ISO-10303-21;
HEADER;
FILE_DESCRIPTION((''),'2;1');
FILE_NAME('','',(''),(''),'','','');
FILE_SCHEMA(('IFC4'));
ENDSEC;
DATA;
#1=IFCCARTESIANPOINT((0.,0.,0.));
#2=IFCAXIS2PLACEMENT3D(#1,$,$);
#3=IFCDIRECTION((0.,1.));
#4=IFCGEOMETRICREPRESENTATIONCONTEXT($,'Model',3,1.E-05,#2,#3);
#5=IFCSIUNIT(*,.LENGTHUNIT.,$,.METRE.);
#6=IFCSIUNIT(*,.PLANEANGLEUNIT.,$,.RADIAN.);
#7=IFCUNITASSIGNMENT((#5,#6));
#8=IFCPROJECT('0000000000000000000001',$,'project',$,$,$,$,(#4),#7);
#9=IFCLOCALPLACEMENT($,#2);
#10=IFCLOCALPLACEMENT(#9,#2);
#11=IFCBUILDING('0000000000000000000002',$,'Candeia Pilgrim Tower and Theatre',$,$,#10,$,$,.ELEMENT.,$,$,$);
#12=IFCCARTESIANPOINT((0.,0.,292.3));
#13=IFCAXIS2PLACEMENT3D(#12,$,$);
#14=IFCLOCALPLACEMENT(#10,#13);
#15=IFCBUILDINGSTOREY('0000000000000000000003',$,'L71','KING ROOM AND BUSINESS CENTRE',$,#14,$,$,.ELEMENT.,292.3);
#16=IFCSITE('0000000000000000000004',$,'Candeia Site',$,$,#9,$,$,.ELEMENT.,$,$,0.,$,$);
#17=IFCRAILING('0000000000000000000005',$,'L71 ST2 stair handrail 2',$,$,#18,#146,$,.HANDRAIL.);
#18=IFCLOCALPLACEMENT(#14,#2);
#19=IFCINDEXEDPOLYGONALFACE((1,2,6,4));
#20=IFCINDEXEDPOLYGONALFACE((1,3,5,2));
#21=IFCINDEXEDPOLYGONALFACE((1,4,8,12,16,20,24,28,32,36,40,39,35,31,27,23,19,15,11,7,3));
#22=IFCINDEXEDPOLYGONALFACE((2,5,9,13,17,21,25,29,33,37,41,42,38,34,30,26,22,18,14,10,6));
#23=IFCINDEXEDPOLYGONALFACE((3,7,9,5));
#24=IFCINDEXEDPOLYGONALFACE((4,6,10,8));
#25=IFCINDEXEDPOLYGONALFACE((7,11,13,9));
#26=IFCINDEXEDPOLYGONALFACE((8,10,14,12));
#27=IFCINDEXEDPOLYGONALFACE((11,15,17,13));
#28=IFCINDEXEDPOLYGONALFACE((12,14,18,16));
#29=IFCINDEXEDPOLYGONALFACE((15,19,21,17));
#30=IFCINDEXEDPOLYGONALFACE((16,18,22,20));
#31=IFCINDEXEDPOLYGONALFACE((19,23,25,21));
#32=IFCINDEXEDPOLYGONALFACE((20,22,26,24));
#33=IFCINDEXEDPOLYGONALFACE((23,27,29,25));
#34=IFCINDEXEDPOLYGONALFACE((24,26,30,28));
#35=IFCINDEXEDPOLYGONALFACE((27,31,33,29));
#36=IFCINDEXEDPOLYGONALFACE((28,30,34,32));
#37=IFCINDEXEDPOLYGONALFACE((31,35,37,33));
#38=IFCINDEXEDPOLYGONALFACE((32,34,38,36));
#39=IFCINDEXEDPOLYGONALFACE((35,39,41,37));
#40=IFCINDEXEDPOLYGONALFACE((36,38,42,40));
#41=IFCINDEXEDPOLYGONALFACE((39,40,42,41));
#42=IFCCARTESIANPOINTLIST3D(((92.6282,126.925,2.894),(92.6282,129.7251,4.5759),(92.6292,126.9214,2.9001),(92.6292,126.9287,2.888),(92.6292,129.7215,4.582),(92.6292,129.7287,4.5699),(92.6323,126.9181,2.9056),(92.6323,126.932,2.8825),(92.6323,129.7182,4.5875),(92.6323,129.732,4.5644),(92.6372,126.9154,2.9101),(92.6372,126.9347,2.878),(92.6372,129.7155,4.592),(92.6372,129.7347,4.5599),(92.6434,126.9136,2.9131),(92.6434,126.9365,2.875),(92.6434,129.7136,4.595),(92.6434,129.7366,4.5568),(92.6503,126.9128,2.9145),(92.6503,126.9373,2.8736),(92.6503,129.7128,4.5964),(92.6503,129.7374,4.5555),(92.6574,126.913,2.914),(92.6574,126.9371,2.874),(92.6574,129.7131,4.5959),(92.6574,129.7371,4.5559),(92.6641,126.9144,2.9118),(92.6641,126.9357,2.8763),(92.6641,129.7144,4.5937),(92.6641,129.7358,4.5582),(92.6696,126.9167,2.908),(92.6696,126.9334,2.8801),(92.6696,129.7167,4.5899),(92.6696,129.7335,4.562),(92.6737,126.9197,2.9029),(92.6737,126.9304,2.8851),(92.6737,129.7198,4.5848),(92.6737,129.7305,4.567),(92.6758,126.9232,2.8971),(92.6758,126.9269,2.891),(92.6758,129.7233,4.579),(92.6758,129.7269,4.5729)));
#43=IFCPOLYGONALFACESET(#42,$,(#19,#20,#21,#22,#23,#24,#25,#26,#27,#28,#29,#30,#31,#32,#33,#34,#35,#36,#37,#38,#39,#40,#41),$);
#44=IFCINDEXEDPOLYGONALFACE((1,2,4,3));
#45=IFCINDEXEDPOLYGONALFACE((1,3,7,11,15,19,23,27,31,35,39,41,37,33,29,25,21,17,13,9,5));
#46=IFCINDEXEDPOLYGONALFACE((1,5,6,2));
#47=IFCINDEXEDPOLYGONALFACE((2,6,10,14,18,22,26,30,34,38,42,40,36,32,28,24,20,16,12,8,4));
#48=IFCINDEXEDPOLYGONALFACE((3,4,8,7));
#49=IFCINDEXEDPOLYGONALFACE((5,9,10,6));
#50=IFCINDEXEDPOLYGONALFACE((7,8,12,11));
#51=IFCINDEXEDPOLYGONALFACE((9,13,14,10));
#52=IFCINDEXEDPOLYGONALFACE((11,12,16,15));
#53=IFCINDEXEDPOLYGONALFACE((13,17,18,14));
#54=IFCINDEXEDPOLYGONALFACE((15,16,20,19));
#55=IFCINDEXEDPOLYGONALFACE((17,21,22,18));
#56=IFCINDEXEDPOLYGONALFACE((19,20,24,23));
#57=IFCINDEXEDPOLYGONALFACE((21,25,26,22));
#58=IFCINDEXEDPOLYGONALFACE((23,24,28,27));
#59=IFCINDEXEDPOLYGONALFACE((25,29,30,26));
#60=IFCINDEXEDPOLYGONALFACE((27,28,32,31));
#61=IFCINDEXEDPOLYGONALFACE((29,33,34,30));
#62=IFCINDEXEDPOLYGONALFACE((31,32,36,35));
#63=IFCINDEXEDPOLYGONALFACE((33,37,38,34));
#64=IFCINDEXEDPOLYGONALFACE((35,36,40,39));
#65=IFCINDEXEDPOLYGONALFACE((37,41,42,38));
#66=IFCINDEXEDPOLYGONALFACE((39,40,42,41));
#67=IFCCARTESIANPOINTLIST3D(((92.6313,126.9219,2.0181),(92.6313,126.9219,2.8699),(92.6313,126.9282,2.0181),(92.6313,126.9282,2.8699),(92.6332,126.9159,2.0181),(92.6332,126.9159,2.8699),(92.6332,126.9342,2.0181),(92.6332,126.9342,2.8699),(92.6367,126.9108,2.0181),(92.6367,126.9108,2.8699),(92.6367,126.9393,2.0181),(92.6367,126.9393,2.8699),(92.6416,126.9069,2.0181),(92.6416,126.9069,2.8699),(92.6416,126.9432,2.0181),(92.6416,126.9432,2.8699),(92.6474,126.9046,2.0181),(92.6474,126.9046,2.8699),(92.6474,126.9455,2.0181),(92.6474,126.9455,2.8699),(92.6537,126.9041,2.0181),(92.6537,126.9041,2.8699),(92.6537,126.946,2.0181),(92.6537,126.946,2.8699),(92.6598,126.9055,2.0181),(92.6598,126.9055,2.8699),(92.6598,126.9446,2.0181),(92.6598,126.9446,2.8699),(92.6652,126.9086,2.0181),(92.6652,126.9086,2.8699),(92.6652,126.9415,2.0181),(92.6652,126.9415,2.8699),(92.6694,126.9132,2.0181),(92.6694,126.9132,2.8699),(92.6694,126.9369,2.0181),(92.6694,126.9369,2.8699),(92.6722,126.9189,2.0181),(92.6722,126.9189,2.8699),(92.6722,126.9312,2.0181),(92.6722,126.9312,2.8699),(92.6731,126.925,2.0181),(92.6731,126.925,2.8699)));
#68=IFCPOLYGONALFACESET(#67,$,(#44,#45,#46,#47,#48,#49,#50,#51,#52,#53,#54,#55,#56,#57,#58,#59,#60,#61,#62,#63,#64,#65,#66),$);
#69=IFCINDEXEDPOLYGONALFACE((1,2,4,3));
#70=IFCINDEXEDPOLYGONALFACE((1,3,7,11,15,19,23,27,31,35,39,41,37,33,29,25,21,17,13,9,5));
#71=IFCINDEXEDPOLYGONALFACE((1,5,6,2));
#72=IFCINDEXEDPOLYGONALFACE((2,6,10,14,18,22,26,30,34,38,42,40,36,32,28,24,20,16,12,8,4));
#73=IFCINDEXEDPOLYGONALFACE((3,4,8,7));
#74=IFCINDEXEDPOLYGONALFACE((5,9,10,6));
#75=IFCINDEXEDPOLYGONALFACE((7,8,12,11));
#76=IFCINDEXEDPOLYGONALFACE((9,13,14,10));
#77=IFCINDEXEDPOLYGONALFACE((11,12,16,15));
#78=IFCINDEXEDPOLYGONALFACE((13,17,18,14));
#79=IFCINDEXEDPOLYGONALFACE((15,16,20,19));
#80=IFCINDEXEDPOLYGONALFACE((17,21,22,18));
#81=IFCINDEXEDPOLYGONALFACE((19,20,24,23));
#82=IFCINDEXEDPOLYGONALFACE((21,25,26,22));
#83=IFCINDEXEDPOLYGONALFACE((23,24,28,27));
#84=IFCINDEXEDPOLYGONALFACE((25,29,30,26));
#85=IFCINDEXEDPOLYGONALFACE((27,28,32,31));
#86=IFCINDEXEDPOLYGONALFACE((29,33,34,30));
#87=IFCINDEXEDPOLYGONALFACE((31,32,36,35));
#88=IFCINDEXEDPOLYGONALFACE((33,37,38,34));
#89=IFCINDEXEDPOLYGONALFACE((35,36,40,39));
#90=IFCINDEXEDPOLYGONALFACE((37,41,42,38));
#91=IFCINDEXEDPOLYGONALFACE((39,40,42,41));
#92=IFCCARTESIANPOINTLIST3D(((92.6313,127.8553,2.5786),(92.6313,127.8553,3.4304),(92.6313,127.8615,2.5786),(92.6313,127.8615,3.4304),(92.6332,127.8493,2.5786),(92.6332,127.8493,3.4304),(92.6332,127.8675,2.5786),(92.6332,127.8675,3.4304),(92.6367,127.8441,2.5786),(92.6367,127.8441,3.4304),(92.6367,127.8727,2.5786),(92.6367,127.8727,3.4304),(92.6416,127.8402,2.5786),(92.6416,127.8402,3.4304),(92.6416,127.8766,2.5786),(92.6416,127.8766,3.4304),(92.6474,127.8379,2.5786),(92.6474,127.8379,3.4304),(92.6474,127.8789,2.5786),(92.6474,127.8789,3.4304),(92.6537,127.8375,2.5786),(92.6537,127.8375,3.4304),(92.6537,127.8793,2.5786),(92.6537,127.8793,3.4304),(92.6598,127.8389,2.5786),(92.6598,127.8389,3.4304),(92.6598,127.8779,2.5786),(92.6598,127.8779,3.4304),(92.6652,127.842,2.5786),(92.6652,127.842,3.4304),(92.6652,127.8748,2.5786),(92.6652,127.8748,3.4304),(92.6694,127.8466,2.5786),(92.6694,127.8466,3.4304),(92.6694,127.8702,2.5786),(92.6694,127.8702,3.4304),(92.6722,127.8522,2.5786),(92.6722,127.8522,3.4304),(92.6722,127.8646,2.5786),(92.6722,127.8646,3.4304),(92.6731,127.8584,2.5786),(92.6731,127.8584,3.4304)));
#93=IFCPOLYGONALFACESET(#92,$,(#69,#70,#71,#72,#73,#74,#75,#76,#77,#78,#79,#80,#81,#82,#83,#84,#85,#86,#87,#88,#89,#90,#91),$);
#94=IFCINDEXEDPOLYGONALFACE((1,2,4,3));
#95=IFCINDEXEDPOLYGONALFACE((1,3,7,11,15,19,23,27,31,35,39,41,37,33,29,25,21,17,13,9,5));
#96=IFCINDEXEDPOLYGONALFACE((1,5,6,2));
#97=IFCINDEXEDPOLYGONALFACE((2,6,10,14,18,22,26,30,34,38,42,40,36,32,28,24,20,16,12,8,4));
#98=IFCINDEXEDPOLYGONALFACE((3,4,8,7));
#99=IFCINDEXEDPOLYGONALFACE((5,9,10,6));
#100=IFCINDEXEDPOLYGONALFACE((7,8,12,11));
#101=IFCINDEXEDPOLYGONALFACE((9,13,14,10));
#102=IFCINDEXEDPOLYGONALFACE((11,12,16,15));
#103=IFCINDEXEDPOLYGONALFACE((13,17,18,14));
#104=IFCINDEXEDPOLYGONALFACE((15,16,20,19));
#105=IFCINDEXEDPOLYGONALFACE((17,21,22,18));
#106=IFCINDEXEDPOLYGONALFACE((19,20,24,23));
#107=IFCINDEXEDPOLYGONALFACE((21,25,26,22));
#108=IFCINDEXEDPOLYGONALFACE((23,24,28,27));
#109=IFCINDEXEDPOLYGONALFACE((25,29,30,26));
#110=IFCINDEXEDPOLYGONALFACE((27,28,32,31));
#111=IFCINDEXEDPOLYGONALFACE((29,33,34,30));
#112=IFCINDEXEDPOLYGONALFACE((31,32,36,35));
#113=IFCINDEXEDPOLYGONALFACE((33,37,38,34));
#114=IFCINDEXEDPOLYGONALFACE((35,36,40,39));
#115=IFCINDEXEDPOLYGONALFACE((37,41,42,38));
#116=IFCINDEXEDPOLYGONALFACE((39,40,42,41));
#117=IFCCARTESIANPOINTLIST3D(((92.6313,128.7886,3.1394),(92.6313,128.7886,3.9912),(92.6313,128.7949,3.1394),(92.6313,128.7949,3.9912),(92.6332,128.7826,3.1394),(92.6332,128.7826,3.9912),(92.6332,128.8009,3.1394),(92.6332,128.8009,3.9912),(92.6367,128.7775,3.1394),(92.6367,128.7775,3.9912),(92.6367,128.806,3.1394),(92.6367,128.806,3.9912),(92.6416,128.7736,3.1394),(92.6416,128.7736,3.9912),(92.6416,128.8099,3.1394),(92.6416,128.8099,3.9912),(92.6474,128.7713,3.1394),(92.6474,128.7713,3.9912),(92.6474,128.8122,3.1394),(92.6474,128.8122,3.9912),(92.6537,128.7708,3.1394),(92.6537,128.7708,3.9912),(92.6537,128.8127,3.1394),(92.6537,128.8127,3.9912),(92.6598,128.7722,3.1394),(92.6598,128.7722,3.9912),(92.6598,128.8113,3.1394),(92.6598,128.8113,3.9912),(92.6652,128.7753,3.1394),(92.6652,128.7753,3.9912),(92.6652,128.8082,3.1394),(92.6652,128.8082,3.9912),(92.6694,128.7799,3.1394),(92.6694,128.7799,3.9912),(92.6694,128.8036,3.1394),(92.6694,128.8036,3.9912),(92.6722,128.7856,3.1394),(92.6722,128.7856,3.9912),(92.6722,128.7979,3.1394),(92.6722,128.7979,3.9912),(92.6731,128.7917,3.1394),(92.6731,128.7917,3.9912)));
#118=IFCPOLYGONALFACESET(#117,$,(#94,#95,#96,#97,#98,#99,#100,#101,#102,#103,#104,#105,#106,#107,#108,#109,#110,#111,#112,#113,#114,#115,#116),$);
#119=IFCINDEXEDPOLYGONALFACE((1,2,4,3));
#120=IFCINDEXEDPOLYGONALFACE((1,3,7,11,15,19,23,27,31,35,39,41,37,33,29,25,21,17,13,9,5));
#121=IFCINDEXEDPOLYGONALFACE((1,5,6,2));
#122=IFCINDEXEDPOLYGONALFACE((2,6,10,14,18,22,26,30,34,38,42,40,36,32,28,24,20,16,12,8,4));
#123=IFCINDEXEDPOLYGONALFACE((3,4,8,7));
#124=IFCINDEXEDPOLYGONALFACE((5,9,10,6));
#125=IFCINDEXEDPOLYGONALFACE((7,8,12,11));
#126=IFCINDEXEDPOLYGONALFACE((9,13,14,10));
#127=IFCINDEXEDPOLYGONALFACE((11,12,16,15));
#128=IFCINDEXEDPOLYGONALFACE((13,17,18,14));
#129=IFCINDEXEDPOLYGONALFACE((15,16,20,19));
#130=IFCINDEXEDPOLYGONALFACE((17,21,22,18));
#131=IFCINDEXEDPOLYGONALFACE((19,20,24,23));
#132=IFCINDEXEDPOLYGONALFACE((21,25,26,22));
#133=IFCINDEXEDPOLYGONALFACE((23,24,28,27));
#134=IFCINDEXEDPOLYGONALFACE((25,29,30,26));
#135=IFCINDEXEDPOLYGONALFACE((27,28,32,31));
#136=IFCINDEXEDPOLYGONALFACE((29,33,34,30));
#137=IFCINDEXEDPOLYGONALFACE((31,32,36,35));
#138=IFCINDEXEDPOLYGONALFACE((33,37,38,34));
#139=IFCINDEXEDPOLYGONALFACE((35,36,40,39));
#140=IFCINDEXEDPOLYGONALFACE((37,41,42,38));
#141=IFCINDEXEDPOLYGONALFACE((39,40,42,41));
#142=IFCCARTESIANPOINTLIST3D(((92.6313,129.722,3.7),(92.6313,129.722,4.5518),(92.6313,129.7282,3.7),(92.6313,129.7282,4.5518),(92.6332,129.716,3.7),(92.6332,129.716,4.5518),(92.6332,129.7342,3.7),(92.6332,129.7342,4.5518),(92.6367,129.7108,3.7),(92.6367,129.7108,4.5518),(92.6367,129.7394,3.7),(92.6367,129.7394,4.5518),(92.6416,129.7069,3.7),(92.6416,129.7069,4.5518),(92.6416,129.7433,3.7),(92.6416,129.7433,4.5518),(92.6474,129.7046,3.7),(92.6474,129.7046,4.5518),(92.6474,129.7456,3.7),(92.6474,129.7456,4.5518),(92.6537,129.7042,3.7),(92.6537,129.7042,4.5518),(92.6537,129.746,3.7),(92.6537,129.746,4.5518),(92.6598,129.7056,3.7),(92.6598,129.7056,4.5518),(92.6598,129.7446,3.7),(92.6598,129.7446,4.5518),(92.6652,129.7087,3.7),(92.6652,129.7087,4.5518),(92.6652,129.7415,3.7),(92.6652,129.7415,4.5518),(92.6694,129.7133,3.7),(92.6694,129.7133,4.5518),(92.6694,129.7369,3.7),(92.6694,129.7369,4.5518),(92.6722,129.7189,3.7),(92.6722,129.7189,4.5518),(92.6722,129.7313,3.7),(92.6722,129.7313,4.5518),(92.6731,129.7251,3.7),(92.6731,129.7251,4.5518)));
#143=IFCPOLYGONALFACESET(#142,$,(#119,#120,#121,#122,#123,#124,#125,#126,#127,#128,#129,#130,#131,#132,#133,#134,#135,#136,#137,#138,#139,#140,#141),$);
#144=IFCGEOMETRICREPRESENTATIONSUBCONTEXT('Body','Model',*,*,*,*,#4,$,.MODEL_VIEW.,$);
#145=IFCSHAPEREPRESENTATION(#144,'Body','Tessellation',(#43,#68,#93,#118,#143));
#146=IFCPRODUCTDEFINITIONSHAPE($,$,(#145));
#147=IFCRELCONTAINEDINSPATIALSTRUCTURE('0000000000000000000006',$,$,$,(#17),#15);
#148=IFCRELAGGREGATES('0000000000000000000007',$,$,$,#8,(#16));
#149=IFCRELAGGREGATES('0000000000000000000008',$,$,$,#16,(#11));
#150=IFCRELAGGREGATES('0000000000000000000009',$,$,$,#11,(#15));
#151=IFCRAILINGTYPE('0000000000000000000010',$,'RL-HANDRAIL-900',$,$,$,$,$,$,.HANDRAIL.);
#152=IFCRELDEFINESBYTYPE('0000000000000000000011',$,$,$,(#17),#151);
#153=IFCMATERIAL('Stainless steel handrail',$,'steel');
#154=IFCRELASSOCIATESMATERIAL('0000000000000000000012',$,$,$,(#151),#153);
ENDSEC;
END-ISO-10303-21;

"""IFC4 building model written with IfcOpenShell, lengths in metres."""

from ifc_helpers import new_model, si_unit, direction, frame, origin, origin_2d, place, context, subcontext, project, spatial, circle, extrude, material, type_object, element, save


model = new_model("IFC4")

# Units and contexts
model_context = context("Model", 3, precision=1e-05, world=origin(), true_north=direction((0.0, 1.0)))
body_context = subcontext(model_context, "Body", "Model", "MODEL_VIEW")
ifc_project = project(units=[si_unit("LENGTHUNIT", "METRE"), si_unit("PLANEANGLEUNIT", "RADIAN")], contexts=[model_context])

# Site, building, storey
site_placement = place(None, origin())
site = spatial("IfcSite", under=ifc_project, at=site_placement, Name="Candeia Site", CompositionType="ELEMENT", RefElevation=0.0)
building_placement = place(site_placement, origin())
building = spatial("IfcBuilding", under=site, at=building_placement, Name="Candeia Pilgrim Tower and Theatre", CompositionType="ELEMENT")
storey_placement = place(building_placement, frame((0.0, 0.0, 292.3)))
storey = spatial("IfcBuildingStorey", under=building, at=storey_placement, Name="L71", Description="KING ROOM AND BUSINESS CENTRE", CompositionType="ELEMENT", Elevation=292.3)

# Railing
ifc_material_1 = material(Name="Stainless steel handrail", Category="steel")
railing_type_1 = type_object("IfcRailingType", Name="RL-HANDRAIL-900", PredefinedType="HANDRAIL", material=ifc_material_1)
for number, where, name in (
    (1, (92.6521, 126.925, 2.0181), "L71 ST2 stair handrail 2"),
):
    element("IfcRailing", number, at=place(storey_placement, frame(where)), inside=storey, type_object=railing_type_1, Name=name, PredefinedType="HANDRAIL", context=body_context, shape_type="SweptSolid", body=[
        extrude(circle(Radius=0.0239, at=origin_2d()), frame((0.0, 0.0, 0.876), z_axis=(0.0, 0.857242, 0.514913), x_axis=(-1.0, 0.0, 0.0)), (0.0, 0.0, 1.0), 3.2664),
        extrude(circle(Radius=0.021, at=origin_2d()), origin(), (0.0, 0.0, 1.0), 0.8518),
        extrude(circle(Radius=0.021, at=origin_2d()), frame((0.0, 0.9333, 0.5605)), (0.0, 0.0, 1.0), 0.8518),
        extrude(circle(Radius=0.021, at=origin_2d()), frame((0.0, 1.8667, 1.1213)), (0.0, 0.0, 1.0), 0.8518),
        extrude(circle(Radius=0.021, at=origin_2d()), frame((0.0, 2.8, 1.6819)), (0.0, 0.0, 1.0), 0.8518),
    ])

save(model, "model.ifc")
